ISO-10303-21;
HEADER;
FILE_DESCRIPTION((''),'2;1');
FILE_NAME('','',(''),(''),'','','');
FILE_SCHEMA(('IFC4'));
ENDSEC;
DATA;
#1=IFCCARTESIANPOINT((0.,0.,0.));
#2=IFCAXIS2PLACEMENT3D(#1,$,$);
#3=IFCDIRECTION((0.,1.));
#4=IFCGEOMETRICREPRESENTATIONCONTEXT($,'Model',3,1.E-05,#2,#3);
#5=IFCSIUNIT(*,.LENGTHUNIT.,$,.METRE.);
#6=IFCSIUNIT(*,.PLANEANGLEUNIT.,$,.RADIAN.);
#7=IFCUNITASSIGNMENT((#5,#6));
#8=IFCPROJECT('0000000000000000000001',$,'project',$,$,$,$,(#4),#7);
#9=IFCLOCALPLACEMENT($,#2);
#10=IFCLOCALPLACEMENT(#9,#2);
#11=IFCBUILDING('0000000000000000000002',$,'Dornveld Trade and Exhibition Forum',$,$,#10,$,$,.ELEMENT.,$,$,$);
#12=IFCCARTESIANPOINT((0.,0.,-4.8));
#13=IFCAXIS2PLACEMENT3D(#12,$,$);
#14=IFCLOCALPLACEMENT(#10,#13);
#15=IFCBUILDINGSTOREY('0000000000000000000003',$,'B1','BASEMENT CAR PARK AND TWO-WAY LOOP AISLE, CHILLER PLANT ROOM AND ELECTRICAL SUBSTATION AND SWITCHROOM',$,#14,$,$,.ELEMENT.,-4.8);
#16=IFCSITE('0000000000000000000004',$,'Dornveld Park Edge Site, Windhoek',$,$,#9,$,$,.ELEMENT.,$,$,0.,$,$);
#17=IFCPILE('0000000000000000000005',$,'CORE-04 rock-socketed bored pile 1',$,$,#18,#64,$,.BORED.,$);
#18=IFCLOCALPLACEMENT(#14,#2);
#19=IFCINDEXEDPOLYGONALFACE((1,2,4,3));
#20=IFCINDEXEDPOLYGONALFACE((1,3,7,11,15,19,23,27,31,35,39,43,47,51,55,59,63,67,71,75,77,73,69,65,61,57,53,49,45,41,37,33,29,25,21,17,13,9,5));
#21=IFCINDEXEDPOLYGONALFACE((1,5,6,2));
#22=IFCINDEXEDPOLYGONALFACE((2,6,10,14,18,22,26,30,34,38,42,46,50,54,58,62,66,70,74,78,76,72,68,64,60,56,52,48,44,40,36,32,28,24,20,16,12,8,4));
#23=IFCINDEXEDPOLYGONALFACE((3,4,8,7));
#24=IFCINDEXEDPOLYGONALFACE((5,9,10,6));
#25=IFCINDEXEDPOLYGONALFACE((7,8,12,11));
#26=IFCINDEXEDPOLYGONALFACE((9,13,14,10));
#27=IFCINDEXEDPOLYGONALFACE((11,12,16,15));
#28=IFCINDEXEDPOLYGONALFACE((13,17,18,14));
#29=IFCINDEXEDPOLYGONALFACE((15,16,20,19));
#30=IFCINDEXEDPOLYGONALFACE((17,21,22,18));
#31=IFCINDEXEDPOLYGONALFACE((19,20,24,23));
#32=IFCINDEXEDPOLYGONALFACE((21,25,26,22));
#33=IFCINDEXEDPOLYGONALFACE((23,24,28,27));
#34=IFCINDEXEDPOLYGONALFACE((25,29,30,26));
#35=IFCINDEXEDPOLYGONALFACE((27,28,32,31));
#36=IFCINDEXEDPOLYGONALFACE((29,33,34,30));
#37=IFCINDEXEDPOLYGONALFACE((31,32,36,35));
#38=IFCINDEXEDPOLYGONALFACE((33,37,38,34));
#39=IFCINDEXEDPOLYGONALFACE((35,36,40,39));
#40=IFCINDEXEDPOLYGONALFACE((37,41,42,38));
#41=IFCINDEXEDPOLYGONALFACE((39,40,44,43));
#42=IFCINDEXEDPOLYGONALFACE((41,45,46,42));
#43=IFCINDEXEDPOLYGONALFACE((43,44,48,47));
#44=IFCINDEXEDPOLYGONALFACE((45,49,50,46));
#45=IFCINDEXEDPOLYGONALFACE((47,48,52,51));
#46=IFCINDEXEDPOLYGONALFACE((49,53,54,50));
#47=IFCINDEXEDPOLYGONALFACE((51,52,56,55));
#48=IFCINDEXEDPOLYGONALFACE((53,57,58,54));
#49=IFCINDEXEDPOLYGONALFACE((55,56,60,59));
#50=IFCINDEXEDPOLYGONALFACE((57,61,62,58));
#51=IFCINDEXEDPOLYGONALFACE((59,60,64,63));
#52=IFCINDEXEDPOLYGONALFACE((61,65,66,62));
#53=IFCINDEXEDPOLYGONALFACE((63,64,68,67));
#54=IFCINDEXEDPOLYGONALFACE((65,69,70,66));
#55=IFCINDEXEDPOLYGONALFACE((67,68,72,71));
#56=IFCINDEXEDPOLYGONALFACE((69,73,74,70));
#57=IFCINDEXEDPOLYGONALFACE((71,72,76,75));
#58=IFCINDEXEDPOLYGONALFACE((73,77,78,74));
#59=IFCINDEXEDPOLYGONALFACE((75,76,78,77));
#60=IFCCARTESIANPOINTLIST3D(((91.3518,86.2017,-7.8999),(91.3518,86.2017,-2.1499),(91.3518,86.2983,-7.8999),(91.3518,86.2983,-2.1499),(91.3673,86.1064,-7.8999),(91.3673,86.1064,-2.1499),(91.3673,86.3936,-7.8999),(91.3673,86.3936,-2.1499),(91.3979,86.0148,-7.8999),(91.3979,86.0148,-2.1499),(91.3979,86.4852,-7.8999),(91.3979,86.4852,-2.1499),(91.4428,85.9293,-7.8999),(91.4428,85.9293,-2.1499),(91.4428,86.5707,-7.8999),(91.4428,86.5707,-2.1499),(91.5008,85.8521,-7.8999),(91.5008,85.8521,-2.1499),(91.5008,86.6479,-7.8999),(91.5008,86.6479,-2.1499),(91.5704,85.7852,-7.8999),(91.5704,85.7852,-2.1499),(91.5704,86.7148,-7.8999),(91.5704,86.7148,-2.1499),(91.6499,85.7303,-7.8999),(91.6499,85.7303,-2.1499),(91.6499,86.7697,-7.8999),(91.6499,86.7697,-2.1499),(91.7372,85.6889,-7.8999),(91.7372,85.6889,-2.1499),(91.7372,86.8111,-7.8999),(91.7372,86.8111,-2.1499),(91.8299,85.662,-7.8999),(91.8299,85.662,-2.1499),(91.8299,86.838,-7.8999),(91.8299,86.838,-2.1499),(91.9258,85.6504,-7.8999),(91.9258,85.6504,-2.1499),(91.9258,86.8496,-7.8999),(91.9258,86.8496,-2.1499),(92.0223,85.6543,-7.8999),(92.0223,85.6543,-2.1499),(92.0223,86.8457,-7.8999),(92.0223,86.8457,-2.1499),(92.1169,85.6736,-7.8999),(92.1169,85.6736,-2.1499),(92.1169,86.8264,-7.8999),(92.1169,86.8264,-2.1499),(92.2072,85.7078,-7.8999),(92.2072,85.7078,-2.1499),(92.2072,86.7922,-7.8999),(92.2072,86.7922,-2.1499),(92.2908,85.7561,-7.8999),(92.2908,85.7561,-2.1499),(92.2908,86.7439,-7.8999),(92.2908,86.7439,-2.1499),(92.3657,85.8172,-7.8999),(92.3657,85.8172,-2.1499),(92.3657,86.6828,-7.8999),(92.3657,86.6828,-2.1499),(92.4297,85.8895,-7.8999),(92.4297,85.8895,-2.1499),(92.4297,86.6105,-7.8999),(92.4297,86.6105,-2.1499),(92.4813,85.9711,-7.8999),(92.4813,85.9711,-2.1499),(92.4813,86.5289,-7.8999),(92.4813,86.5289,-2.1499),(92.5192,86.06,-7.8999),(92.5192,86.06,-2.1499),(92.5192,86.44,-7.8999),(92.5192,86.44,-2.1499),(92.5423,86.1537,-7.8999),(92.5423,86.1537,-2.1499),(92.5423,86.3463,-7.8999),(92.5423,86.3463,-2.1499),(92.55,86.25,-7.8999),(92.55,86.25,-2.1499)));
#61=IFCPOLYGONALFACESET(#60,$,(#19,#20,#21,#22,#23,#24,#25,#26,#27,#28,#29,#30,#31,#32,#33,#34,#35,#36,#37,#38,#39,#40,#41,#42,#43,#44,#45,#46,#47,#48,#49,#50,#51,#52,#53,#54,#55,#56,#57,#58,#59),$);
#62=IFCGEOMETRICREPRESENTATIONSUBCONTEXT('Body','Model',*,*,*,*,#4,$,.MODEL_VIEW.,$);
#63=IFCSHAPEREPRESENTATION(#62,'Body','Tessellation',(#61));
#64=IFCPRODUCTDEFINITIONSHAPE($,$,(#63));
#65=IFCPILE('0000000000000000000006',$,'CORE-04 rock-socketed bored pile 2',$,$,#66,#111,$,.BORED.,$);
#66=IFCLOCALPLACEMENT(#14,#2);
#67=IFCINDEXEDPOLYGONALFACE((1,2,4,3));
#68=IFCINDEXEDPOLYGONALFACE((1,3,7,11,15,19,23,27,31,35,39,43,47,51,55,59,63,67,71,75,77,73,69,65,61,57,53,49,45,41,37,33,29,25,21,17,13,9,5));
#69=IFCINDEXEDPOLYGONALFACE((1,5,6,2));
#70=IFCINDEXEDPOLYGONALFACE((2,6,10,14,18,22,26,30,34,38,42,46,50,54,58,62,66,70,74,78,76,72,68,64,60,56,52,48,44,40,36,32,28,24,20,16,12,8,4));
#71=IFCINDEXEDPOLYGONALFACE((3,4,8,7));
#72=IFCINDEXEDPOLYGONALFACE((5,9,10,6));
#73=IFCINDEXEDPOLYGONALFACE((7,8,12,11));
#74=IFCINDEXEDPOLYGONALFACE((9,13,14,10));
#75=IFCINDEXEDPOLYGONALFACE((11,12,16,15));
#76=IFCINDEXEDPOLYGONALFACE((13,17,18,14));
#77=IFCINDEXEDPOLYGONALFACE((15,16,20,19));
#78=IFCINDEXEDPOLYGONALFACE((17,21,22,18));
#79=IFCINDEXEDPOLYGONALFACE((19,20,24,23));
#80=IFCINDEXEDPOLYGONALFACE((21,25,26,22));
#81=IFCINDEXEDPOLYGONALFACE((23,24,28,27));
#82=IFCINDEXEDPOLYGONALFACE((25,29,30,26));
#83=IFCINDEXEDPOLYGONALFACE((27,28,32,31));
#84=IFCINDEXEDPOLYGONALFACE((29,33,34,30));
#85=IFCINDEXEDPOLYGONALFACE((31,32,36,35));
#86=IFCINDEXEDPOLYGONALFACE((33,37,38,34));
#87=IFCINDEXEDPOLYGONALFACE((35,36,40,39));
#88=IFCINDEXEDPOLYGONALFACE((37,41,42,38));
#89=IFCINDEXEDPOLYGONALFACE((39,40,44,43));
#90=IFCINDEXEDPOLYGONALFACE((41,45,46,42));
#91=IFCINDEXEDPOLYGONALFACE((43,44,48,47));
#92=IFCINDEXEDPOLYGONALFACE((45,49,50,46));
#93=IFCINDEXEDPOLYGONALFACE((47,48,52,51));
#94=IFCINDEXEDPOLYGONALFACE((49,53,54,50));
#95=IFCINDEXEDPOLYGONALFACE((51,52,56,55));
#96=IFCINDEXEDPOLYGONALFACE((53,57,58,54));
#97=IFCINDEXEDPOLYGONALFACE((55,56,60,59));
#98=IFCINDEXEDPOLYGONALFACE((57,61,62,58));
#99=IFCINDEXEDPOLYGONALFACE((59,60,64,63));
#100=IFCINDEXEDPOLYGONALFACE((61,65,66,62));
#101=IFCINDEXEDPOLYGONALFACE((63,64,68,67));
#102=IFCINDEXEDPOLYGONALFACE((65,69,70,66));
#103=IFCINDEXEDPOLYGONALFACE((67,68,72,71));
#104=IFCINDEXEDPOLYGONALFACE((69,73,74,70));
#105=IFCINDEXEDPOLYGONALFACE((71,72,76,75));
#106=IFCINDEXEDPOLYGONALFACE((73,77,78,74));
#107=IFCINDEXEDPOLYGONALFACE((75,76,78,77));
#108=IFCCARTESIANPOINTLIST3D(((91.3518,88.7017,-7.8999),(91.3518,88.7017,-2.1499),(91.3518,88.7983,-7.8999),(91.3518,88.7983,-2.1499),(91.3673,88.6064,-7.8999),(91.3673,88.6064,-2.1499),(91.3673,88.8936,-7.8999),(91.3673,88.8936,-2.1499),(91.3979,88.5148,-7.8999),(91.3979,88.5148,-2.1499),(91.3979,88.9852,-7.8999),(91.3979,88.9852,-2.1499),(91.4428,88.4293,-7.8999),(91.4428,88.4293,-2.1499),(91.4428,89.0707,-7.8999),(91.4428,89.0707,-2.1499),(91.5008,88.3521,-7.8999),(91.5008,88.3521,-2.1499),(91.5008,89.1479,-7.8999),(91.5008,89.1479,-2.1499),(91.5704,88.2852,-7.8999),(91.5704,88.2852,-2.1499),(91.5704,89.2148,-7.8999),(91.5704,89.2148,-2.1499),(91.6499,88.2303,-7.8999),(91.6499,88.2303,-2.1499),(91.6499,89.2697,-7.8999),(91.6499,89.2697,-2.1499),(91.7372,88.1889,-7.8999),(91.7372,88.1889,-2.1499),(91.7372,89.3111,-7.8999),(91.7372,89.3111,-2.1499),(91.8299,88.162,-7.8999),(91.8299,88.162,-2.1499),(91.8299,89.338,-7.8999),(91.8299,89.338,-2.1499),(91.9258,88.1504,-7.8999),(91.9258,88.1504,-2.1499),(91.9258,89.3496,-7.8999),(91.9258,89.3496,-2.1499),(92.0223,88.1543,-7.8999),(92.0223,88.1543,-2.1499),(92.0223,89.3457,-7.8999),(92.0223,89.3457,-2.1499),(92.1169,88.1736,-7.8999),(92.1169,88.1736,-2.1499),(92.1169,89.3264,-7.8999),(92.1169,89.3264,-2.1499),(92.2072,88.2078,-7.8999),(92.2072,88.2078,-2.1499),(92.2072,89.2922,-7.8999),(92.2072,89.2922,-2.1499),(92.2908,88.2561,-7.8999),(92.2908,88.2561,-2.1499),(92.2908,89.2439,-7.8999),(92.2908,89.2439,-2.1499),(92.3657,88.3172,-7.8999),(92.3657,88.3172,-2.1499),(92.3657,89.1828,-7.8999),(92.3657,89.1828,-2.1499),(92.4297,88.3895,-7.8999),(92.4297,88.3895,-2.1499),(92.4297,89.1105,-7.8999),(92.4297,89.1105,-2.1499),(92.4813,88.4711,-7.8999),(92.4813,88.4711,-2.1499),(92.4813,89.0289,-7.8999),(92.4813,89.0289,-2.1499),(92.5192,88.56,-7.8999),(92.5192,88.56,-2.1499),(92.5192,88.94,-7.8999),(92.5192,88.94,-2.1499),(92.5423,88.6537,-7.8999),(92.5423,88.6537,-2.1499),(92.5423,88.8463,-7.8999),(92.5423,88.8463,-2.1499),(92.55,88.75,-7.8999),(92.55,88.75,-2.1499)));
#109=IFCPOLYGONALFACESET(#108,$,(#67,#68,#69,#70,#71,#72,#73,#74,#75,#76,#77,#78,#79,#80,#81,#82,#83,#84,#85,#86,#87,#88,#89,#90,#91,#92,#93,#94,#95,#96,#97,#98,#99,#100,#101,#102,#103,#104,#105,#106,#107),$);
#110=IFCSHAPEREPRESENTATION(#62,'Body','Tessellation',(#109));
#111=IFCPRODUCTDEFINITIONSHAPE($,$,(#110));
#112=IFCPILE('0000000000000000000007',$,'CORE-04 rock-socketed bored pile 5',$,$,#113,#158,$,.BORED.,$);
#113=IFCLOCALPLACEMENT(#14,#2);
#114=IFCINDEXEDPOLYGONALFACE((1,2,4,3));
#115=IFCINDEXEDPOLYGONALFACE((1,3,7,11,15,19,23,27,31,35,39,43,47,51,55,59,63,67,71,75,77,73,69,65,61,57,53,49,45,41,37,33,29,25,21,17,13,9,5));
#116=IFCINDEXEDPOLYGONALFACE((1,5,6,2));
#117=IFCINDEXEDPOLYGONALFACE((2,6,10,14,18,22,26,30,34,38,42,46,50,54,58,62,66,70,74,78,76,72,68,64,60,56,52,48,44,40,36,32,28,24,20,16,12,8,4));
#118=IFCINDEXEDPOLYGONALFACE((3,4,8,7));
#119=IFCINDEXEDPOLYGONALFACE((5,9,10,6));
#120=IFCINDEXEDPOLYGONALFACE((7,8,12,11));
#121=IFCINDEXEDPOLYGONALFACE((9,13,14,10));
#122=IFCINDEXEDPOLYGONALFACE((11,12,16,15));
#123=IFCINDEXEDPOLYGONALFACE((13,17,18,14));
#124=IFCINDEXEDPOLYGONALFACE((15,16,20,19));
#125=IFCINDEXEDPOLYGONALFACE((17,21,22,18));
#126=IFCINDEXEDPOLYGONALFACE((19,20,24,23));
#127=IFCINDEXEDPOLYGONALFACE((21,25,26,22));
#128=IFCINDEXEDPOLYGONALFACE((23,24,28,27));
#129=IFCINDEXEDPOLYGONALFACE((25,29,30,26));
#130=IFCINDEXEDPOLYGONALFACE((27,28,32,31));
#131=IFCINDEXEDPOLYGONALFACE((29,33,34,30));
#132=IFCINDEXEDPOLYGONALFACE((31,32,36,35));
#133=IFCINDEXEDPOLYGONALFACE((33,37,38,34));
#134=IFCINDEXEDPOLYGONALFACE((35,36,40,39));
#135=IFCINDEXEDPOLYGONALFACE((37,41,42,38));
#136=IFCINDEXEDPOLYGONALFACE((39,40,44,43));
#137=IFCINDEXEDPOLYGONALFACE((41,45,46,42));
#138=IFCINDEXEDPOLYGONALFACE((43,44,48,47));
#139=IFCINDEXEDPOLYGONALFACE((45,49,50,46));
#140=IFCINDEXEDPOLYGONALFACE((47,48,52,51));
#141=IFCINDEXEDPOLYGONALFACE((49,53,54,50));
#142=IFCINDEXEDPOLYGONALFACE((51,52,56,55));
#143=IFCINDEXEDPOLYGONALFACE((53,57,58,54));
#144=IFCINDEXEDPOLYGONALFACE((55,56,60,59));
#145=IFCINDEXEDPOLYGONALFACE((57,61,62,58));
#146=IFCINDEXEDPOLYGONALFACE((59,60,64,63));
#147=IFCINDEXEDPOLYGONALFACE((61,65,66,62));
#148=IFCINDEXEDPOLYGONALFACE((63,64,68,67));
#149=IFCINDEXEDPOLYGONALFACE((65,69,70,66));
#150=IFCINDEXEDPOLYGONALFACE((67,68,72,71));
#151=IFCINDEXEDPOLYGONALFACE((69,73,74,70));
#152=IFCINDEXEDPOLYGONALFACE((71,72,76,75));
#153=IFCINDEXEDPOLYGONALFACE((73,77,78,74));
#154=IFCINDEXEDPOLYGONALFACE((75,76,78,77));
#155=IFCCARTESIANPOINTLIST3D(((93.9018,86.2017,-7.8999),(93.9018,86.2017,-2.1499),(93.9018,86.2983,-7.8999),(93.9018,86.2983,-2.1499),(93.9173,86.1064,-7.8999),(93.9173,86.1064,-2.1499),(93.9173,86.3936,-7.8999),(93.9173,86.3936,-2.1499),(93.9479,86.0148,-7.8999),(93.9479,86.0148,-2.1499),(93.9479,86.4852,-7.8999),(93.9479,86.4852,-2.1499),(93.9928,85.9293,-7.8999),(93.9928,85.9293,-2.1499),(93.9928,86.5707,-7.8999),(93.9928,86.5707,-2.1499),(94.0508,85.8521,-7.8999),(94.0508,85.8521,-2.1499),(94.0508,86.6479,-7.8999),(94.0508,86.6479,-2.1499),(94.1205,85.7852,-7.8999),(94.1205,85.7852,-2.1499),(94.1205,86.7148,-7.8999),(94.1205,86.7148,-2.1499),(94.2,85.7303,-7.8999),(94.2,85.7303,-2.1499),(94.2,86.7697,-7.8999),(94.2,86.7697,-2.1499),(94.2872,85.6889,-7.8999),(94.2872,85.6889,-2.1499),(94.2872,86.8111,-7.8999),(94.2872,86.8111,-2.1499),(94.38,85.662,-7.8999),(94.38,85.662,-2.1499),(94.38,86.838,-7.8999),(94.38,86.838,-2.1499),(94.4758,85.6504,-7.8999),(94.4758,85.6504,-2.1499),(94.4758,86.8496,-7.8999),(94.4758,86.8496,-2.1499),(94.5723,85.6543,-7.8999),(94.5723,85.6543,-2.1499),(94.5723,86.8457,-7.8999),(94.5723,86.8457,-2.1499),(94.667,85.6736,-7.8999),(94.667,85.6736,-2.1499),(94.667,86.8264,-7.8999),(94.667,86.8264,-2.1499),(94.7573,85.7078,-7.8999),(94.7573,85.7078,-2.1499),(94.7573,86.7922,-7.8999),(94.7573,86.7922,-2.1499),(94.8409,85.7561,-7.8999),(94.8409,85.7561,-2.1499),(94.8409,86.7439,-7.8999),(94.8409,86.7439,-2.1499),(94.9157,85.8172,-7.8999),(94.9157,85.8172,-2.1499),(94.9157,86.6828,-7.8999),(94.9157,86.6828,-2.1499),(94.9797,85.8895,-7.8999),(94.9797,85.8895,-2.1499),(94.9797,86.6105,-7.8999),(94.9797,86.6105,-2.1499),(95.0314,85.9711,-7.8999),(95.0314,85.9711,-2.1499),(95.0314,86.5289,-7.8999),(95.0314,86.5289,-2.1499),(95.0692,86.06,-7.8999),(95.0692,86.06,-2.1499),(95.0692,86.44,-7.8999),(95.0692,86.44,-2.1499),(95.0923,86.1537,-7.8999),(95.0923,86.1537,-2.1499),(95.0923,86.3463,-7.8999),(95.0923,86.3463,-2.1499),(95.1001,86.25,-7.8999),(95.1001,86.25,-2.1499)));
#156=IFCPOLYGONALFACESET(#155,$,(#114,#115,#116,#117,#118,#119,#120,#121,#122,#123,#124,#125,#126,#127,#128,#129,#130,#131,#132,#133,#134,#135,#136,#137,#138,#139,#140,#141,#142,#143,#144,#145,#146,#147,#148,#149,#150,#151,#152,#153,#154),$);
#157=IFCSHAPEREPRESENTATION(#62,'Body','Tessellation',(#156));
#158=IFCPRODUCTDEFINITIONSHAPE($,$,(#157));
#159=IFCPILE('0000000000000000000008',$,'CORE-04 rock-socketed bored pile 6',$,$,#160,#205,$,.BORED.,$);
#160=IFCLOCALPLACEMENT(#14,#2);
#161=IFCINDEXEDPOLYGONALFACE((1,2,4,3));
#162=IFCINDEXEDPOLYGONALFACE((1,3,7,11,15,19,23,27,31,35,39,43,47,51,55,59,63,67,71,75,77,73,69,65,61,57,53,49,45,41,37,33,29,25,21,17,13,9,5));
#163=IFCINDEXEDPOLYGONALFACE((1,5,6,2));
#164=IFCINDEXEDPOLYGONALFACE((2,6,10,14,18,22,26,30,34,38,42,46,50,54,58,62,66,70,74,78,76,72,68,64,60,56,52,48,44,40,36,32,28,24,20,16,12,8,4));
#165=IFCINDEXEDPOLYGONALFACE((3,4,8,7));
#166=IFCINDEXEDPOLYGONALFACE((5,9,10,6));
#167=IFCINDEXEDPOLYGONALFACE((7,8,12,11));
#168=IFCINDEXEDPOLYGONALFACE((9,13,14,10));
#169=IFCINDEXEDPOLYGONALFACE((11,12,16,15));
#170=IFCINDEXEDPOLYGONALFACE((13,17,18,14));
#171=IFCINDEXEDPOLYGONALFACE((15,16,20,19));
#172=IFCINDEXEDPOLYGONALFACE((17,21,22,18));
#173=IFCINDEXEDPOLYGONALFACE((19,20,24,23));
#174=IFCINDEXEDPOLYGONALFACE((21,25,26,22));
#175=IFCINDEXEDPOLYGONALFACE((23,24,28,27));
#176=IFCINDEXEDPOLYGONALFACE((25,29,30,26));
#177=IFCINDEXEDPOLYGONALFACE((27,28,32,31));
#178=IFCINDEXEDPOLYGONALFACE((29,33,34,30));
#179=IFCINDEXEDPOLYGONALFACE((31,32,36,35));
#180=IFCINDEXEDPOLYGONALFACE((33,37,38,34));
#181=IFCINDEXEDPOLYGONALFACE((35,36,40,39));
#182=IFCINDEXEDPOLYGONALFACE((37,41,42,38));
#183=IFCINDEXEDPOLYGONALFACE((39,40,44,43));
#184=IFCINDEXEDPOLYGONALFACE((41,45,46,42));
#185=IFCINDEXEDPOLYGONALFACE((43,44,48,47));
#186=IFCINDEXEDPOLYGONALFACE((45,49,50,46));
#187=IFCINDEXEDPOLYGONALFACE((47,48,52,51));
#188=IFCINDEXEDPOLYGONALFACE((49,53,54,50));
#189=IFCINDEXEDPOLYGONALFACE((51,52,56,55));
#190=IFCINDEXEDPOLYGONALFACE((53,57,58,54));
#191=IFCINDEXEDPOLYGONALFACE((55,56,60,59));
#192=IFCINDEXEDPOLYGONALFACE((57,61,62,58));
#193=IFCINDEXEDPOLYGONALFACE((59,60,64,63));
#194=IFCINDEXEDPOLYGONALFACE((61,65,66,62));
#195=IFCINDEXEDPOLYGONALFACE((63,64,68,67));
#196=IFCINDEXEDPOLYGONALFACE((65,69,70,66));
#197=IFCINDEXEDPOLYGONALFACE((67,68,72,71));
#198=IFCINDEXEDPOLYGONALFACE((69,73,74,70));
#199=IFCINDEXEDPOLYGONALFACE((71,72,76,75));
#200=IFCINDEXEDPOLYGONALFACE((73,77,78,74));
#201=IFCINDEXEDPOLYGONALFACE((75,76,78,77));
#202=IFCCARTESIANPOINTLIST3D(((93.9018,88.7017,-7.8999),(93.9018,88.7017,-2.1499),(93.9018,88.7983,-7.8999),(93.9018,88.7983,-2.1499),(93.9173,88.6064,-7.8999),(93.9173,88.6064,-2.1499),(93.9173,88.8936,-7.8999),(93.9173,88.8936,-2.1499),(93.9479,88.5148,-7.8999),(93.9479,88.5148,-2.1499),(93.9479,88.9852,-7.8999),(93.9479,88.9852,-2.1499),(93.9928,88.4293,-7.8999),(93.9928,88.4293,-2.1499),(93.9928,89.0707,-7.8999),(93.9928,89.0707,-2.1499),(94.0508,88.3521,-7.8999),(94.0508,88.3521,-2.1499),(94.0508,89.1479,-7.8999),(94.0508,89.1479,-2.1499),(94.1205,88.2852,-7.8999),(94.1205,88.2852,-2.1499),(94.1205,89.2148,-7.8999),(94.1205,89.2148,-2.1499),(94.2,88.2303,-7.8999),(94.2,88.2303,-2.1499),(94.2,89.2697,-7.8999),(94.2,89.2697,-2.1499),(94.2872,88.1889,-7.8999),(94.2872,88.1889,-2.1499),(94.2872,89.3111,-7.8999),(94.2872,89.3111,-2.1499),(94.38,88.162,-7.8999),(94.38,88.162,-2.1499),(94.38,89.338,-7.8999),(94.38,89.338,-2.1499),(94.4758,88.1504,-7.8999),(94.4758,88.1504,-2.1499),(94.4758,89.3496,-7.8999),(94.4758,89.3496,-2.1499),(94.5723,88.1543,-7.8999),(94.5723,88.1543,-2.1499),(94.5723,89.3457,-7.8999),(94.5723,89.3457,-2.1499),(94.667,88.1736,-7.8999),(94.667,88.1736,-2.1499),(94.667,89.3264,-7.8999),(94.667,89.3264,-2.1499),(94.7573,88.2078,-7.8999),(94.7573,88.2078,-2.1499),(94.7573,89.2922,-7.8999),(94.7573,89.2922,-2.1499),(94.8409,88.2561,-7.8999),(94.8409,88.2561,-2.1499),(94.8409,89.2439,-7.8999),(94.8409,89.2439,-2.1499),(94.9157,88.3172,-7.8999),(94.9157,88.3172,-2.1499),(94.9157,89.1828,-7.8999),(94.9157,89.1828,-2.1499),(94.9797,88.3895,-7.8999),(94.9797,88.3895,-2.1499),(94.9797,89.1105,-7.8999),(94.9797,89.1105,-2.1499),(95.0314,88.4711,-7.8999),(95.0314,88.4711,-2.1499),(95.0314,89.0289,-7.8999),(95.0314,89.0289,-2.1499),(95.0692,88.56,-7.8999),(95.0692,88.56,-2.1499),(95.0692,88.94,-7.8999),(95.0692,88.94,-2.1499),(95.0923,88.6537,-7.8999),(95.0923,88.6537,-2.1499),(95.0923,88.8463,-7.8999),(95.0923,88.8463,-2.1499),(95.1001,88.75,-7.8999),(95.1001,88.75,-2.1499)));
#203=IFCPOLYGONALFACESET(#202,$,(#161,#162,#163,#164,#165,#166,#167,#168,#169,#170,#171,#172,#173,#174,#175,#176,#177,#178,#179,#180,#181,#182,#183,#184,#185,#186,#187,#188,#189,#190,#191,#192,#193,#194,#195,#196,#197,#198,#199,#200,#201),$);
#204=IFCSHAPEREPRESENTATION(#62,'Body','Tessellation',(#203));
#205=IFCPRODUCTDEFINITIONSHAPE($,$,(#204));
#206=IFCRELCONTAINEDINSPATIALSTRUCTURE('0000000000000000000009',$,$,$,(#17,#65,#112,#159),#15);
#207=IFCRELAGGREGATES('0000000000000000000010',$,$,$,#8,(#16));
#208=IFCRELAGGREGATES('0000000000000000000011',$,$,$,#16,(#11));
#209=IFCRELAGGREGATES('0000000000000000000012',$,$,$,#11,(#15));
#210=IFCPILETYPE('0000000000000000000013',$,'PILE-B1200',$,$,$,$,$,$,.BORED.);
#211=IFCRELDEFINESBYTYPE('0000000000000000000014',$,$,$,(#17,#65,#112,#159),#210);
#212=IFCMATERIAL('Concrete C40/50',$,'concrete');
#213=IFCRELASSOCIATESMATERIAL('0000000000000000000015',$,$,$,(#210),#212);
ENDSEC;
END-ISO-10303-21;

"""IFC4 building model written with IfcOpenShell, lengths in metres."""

from ifc_helpers import new_model, si_unit, direction, frame, origin, origin_2d, place, context, subcontext, project, spatial, circle, extrude, material, material_profile, profile_set, type_object, element, save


model = new_model("IFC4")

# Units and contexts
model_context = context("Model", 3, precision=1e-05, world=origin(), true_north=direction((0.0, 1.0)))
body_context = subcontext(model_context, "Body", "Model", "MODEL_VIEW")
ifc_project = project(units=[si_unit("LENGTHUNIT", "METRE"), si_unit("PLANEANGLEUNIT", "RADIAN")], contexts=[model_context])

# Site, building, storey
site_placement = place(None, origin())
site = spatial("IfcSite", under=ifc_project, at=site_placement, Name="Dornveld Park Edge Site, Windhoek", CompositionType="ELEMENT", RefElevation=0.0)
building_placement = place(site_placement, origin())
building = spatial("IfcBuilding", under=site, at=building_placement, Name="Dornveld Trade and Exhibition Forum", CompositionType="ELEMENT")
storey_placement = place(building_placement, frame((0.0, 0.0, -4.8)))
storey = spatial("IfcBuildingStorey", under=building, at=storey_placement, Name="B1", Description="BASEMENT CAR PARK AND TWO-WAY LOOP AISLE, CHILLER PLANT ROOM AND ELECTRICAL SUBSTATION AND SWITCHROOM", CompositionType="ELEMENT", Elevation=-4.8)

# Piles
ifc_material_1 = material(Name="Concrete C40/50", Category="concrete")
ifc_material_profile_1 = material_profile(ifc_material_1, circle(Radius=0.6001, at=origin_2d()), Name="PILE D1200")
ifc_profile_set_1 = profile_set([ifc_material_profile_1], Name="Concrete C40/50")
pile_type_1 = type_object("IfcPileType", Name="PILE-B1200", PredefinedType="BORED", material=ifc_profile_set_1)
for number, where, z_axis, x_axis, name in (
    (1, (91.95, 86.25, -2.1499), (0.0, 0.0, -1.0), (1.0, 0.0, 0.0), "CORE-04 rock-socketed bored pile 1"),
    (2, (91.95, 88.75, -2.1499), (0.0, 0.0, -1.0), (1.0, 0.0, 0.0), "CORE-04 rock-socketed bored pile 2"),
    (3, (94.5, 86.25, -2.1499), (0.0, 0.0, -1.0), (1.0, 0.0, 0.0), "CORE-04 rock-socketed bored pile 5"),
    (4, (94.5, 88.75, -2.1499), (0.0, 0.0, -1.0), (1.0, 0.0, 0.0), "CORE-04 rock-socketed bored pile 6"),
):
    element("IfcPile", number, at=place(storey_placement, frame(where, z_axis=z_axis, x_axis=x_axis)), inside=storey, type_object=pile_type_1, Name=name, PredefinedType="BORED", context=body_context, shape_type="SweptSolid", body=[
        extrude(circle(Radius=0.6001, at=origin_2d()), origin(), (0.0, 0.0, 1.0), 5.75),
    ])

save(model, "model.ifc")
